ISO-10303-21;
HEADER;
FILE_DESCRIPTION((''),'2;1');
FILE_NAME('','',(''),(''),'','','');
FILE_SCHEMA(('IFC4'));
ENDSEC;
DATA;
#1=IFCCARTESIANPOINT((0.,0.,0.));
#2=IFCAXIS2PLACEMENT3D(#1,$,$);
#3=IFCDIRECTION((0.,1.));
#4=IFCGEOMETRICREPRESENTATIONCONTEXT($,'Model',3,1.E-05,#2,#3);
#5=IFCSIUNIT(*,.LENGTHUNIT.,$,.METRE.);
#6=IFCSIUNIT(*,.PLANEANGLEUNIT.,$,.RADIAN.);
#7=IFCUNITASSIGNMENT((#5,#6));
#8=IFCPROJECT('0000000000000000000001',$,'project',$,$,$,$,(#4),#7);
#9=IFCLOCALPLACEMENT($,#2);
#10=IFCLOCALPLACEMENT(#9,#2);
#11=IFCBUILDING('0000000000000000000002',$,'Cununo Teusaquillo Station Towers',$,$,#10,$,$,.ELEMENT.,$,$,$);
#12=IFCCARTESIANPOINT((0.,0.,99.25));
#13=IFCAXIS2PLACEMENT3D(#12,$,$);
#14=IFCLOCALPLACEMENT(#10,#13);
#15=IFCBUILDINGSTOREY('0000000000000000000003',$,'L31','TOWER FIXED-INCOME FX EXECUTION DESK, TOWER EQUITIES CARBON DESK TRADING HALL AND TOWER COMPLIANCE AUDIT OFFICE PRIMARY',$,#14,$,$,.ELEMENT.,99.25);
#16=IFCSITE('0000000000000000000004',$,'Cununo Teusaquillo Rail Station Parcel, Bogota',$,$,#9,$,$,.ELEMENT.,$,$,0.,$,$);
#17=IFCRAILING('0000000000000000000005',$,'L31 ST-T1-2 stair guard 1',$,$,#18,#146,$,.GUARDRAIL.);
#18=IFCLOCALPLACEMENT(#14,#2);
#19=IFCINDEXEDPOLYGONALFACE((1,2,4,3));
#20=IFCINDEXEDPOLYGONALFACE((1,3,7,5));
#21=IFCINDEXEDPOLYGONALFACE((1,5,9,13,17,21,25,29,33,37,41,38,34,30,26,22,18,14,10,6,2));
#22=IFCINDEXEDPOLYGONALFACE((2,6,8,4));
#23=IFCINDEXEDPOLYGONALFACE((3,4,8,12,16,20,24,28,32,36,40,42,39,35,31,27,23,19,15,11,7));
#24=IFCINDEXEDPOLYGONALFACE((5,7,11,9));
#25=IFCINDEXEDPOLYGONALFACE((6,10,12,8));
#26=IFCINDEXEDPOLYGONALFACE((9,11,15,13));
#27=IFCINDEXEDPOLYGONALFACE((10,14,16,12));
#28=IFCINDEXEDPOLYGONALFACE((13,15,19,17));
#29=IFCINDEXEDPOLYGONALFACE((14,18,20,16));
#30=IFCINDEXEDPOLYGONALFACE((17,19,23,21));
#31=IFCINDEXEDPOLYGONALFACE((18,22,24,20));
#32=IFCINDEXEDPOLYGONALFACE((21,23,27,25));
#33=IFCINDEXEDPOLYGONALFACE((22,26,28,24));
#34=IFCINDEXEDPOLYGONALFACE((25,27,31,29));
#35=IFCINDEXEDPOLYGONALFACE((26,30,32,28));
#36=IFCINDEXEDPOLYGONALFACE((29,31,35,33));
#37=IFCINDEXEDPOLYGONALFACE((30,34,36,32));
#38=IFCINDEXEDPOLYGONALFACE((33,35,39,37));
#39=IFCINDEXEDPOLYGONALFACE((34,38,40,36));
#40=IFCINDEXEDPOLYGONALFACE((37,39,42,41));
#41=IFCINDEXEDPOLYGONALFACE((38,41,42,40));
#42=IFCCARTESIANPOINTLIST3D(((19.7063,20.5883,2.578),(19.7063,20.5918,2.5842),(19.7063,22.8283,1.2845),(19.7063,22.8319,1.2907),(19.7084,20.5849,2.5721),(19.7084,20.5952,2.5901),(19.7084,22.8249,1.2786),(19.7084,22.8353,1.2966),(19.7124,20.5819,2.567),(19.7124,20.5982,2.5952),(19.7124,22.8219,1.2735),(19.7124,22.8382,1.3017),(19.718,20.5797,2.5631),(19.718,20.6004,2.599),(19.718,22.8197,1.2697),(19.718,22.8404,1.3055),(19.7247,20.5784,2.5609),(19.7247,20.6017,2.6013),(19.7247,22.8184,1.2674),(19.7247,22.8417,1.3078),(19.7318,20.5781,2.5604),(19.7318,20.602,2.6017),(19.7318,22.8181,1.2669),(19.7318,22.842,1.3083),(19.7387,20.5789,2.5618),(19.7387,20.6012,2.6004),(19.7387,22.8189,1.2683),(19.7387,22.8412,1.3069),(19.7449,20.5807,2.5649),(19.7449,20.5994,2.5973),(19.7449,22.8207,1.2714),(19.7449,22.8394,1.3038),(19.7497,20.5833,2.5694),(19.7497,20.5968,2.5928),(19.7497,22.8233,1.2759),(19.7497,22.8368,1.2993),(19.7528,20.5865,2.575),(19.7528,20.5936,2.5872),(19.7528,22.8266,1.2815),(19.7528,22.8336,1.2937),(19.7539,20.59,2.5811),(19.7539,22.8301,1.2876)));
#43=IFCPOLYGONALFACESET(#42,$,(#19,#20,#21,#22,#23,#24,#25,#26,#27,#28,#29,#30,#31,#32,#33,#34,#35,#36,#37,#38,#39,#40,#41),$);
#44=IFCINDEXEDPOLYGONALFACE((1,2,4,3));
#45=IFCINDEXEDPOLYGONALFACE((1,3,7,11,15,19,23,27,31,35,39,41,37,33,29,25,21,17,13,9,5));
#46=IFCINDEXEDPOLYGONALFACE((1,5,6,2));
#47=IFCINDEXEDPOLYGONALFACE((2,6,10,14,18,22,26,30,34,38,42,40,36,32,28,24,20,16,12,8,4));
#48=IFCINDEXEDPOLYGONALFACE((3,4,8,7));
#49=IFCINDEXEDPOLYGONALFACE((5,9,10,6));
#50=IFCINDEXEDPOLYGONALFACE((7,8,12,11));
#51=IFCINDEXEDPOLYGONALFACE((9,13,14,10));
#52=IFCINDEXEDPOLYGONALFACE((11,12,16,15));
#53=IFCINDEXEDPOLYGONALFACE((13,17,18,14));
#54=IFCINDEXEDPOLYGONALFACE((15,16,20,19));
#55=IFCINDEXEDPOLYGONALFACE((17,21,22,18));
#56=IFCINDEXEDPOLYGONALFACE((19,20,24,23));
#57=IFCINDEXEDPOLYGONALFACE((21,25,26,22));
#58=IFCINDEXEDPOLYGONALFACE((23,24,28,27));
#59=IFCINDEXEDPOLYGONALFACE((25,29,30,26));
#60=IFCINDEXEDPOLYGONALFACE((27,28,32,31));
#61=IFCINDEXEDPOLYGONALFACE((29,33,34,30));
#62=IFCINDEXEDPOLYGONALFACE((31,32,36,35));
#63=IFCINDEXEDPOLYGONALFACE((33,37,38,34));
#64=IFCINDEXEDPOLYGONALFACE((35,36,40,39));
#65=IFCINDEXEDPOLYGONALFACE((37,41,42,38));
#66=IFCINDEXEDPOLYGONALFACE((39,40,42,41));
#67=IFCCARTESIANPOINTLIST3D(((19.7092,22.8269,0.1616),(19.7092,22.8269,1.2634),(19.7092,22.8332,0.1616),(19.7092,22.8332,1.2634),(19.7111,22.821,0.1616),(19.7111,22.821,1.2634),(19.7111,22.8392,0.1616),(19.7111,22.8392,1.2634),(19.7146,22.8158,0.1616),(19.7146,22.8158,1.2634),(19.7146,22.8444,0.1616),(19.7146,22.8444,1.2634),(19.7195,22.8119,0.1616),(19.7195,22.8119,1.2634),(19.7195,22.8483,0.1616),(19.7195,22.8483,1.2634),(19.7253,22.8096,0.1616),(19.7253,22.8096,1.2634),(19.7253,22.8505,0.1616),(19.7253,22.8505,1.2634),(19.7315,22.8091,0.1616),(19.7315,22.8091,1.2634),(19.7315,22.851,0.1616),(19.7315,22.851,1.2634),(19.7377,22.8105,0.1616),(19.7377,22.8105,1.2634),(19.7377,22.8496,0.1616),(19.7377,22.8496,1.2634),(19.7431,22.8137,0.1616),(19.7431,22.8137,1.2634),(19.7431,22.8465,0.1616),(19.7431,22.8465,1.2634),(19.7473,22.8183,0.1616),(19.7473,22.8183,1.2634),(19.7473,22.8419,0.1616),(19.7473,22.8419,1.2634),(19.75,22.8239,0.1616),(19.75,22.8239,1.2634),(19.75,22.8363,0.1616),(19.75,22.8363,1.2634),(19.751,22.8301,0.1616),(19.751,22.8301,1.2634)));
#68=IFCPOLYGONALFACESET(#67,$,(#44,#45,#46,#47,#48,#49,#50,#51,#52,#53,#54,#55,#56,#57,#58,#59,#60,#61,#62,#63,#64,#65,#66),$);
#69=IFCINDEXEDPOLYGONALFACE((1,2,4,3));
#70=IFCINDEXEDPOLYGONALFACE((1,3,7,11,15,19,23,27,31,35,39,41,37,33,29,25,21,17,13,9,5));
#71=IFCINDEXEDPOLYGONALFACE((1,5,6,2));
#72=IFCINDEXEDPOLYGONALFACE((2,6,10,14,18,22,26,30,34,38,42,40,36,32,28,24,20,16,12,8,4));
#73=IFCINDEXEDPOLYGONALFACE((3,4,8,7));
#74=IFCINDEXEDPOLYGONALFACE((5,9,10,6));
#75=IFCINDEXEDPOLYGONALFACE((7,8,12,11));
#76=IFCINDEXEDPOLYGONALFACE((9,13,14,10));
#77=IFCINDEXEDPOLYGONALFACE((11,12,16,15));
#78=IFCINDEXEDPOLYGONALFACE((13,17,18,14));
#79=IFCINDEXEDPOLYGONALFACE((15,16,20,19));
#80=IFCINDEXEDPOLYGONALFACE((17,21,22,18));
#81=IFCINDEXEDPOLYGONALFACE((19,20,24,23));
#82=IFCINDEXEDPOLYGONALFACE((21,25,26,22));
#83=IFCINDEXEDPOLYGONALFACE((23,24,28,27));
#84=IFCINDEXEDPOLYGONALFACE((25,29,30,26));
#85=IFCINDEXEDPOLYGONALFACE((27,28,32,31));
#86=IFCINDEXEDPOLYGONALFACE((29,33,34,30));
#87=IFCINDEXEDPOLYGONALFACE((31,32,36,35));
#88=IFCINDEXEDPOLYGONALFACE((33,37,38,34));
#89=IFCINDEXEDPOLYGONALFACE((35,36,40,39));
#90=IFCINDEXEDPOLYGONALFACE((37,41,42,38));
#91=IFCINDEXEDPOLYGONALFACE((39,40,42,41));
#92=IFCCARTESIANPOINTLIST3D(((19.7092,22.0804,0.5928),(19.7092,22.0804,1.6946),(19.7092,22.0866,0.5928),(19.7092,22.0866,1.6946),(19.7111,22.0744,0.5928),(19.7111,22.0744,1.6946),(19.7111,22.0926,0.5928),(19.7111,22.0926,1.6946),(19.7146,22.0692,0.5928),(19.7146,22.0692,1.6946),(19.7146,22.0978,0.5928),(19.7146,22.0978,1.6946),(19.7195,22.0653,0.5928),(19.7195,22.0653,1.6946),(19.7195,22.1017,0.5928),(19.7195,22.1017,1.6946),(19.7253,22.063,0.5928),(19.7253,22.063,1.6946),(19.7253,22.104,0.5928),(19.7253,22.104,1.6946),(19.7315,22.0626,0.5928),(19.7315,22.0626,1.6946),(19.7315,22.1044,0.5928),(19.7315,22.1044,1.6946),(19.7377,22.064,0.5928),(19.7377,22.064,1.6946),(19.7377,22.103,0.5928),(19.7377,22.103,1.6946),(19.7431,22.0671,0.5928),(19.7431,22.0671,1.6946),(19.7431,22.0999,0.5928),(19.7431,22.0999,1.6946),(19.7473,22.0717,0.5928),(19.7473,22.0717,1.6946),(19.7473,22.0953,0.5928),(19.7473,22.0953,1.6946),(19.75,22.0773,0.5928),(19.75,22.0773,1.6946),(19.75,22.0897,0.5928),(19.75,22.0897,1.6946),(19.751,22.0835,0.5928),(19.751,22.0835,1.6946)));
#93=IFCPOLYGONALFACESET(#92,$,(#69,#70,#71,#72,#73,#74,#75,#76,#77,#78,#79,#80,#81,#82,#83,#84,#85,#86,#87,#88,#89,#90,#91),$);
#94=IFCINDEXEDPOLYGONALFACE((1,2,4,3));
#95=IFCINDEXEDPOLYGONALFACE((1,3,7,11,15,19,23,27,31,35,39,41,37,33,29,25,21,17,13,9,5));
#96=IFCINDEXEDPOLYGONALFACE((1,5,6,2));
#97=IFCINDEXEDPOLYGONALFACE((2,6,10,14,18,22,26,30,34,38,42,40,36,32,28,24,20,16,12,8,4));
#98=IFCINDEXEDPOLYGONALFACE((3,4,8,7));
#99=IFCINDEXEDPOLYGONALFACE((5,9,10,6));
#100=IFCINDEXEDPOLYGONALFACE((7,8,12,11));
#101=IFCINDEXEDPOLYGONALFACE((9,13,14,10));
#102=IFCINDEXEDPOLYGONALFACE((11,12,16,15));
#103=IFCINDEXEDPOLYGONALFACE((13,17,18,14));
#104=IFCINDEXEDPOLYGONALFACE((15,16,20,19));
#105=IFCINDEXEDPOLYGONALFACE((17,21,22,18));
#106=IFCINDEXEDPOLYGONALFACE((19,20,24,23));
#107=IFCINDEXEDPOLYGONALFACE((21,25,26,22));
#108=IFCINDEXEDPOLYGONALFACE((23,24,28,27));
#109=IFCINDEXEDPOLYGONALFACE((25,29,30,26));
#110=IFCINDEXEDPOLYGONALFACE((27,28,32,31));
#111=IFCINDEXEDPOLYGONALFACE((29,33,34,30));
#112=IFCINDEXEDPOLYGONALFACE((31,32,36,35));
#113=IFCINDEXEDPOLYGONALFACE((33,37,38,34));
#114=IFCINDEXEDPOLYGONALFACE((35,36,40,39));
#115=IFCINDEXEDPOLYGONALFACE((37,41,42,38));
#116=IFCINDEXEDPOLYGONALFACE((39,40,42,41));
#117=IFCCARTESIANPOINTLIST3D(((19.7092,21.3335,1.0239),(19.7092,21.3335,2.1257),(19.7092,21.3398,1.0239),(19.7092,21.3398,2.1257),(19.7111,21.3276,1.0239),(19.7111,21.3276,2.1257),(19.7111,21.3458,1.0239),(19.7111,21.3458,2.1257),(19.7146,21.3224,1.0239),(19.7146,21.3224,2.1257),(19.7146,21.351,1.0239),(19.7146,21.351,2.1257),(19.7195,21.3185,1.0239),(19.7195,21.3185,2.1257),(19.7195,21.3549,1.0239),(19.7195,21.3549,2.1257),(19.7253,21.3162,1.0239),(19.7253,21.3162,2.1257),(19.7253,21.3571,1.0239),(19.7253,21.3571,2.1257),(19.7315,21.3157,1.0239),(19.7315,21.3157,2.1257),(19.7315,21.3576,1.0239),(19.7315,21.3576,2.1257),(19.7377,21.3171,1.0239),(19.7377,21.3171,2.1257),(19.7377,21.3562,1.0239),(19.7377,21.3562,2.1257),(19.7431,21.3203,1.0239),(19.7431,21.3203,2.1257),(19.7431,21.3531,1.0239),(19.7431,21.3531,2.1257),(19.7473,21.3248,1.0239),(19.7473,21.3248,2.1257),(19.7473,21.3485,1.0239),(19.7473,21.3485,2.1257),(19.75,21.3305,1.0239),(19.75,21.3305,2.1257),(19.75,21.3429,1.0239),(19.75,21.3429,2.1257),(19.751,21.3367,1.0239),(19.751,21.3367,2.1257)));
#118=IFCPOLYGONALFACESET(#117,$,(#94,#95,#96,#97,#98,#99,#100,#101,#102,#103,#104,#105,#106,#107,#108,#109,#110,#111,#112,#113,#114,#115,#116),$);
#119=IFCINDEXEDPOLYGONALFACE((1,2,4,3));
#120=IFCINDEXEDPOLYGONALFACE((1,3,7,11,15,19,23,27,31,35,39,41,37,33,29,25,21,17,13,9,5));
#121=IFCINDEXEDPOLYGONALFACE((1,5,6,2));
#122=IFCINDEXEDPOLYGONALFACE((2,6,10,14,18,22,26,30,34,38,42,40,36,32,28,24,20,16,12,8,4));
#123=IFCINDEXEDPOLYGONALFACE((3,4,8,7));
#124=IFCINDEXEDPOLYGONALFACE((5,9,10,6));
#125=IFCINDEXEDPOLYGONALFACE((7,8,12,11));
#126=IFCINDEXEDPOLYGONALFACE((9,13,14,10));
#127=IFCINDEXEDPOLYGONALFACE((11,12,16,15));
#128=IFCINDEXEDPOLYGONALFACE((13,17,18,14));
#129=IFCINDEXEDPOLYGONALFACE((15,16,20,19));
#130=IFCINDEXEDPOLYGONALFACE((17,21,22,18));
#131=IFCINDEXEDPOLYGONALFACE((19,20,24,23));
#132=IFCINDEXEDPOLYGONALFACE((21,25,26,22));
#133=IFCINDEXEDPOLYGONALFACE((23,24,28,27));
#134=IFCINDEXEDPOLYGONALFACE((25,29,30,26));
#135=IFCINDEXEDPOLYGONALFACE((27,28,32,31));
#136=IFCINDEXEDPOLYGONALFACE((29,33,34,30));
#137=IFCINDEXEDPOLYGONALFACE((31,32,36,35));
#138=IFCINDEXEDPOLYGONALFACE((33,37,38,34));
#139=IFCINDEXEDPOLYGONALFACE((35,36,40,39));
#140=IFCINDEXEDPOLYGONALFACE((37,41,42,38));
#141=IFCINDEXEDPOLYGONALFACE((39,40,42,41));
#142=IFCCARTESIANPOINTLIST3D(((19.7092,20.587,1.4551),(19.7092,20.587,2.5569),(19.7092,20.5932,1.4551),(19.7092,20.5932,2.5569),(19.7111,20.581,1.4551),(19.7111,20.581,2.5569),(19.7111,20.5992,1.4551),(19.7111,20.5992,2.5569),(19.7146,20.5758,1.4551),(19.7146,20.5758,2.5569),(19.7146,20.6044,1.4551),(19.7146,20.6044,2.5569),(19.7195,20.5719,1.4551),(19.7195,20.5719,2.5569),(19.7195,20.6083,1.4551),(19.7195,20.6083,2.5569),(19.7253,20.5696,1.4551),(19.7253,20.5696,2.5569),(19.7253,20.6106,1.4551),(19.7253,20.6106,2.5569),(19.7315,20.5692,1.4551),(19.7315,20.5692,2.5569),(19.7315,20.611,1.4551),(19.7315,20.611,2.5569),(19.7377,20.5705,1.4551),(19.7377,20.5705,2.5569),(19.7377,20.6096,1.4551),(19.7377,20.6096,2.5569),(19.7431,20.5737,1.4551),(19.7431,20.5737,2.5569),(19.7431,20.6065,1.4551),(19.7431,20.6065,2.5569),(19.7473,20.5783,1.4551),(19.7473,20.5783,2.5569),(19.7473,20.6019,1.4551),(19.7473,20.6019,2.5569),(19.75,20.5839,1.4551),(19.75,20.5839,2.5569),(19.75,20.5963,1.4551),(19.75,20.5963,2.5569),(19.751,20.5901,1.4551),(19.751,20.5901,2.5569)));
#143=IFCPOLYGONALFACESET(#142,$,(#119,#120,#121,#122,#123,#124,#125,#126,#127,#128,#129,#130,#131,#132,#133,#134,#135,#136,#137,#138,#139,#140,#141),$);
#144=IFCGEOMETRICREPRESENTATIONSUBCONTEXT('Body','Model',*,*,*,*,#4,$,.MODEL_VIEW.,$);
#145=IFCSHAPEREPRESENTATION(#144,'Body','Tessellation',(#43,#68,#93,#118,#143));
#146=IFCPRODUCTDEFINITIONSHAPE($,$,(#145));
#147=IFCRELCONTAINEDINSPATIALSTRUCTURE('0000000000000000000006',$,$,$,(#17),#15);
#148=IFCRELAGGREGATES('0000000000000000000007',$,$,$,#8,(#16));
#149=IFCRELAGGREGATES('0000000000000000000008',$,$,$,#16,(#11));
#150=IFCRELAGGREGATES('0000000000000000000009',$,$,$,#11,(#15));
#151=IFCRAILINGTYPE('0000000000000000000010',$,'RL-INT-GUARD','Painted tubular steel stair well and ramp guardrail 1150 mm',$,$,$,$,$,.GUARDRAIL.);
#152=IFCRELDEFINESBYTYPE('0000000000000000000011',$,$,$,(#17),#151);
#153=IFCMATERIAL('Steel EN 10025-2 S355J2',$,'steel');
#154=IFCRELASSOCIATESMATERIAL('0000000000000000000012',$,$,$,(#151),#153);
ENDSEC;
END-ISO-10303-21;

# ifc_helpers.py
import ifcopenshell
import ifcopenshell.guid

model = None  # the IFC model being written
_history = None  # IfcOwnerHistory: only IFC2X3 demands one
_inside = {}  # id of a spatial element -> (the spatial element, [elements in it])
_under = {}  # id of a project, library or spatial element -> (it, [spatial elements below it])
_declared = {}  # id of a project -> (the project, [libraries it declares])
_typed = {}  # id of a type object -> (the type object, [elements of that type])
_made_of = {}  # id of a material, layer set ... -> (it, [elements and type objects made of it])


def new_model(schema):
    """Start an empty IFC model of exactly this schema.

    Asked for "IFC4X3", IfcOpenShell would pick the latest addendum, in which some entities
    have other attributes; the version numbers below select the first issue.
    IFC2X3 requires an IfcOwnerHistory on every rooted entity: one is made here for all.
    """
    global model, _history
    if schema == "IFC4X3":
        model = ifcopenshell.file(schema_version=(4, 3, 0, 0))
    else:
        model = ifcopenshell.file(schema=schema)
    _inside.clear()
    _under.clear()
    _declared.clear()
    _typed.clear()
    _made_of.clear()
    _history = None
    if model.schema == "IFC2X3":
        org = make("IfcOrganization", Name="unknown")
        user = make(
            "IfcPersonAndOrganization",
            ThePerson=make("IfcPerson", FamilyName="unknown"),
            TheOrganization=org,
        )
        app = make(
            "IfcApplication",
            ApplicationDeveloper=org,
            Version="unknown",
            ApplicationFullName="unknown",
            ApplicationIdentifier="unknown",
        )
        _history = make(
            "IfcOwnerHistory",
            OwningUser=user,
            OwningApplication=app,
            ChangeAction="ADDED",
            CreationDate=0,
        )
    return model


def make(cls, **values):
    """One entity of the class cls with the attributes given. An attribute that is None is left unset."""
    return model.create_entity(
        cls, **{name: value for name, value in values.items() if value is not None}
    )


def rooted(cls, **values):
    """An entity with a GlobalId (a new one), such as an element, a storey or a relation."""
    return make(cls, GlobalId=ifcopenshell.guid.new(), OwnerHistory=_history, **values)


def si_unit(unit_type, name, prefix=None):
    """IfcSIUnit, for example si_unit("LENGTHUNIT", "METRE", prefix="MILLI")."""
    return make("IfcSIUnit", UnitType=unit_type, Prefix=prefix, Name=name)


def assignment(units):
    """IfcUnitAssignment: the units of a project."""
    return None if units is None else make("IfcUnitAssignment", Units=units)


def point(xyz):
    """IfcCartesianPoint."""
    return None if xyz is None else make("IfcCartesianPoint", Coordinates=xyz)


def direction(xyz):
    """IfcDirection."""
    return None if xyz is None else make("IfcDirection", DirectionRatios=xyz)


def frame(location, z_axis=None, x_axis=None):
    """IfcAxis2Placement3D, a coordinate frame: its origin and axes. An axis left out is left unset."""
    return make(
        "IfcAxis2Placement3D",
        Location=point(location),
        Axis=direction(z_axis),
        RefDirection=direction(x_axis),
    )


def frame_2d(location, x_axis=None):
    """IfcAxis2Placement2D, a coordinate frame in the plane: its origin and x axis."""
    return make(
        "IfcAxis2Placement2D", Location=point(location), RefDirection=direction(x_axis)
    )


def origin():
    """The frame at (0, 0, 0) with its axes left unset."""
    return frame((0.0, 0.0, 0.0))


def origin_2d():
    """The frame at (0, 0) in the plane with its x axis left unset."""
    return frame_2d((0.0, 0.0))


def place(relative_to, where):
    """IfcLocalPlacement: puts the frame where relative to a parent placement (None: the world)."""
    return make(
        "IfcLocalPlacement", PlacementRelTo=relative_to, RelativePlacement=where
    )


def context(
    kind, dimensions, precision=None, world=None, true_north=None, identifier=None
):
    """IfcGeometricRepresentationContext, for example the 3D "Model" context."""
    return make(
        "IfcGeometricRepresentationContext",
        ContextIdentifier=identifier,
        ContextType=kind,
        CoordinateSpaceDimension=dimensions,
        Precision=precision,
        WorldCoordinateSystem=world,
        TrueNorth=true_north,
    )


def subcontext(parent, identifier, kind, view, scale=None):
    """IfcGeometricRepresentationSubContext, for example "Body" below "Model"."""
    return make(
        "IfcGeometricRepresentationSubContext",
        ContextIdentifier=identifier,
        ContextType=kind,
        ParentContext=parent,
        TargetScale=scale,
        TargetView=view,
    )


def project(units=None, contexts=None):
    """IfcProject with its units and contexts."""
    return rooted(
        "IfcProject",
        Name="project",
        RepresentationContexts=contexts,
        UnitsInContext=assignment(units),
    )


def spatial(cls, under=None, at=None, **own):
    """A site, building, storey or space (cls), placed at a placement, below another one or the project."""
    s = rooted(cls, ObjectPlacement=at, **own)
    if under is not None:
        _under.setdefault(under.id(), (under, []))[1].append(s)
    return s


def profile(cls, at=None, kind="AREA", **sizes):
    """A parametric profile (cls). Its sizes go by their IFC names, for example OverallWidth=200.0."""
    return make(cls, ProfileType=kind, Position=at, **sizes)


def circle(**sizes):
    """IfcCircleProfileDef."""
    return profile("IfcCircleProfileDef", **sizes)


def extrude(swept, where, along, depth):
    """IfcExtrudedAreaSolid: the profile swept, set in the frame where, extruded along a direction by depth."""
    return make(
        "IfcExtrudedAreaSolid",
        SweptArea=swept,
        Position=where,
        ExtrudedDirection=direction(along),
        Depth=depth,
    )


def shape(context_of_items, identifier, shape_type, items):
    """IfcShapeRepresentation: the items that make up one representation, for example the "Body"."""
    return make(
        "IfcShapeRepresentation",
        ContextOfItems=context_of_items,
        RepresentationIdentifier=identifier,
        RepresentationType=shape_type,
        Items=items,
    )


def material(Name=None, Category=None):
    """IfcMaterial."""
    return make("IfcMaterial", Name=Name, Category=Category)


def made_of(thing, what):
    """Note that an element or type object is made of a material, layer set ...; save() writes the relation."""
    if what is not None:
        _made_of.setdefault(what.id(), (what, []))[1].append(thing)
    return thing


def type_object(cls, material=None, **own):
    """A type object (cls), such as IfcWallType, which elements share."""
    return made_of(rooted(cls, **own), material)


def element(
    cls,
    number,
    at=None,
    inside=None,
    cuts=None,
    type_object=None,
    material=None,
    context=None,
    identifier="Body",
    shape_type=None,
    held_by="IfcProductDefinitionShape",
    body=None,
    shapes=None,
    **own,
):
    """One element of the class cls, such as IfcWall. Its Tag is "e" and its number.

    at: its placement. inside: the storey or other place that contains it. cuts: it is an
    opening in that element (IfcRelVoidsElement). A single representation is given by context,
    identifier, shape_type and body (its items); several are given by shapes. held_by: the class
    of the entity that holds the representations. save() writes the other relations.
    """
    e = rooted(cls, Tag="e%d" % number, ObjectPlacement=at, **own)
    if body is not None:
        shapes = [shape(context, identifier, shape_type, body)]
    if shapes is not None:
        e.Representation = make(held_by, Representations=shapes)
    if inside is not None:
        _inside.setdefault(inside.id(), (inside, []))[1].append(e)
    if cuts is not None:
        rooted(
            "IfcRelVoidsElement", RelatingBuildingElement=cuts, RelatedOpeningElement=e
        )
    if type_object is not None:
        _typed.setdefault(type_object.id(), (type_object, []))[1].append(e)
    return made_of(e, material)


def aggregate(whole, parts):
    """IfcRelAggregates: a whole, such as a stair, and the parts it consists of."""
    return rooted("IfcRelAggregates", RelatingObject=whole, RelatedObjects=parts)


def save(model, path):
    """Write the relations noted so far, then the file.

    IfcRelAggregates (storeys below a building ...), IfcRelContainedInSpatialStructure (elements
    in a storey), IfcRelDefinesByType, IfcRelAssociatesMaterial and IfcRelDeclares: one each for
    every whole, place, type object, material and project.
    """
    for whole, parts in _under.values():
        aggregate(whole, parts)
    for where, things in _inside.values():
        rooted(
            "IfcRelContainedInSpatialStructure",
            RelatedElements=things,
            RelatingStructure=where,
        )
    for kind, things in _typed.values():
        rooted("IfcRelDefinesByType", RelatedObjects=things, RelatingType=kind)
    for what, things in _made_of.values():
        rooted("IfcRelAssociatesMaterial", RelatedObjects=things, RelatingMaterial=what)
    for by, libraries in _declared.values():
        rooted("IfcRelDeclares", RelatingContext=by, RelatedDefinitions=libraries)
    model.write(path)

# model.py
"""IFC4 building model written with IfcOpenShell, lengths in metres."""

from ifc_helpers import new_model, si_unit, direction, frame, origin, origin_2d, place, context, subcontext, project, spatial, circle, extrude, material, type_object, element, save


model = new_model("IFC4")

# Units and contexts
model_context = context("Model", 3, precision=1e-05, world=origin(), true_north=direction((0.0, 1.0)))
body_context = subcontext(model_context, "Body", "Model", "MODEL_VIEW")
ifc_project = project(units=[si_unit("LENGTHUNIT", "METRE"), si_unit("PLANEANGLEUNIT", "RADIAN")], contexts=[model_context])

# Site, building, storey
site_placement = place(None, origin())
site = spatial("IfcSite", under=ifc_project, at=site_placement, Name="Cununo Teusaquillo Rail Station Parcel, Bogota", CompositionType="ELEMENT", RefElevation=0.0)
building_placement = place(site_placement, origin())
building = spatial("IfcBuilding", under=site, at=building_placement, Name="Cununo Teusaquillo Station Towers", CompositionType="ELEMENT")
storey_placement = place(building_placement, frame((0.0, 0.0, 99.25)))
storey = spatial("IfcBuildingStorey", under=building, at=storey_placement, Name="L31", Description="TOWER FIXED-INCOME FX EXECUTION DESK, TOWER EQUITIES CARBON DESK TRADING HALL AND TOWER COMPLIANCE AUDIT OFFICE PRIMARY", CompositionType="ELEMENT", Elevation=99.25)

# Railing
ifc_material_1 = material(Name="Steel EN 10025-2 S355J2", Category="steel")
railing_type_1 = type_object("IfcRailingType", Name="RL-INT-GUARD", Description="Painted tubular steel stair well and ramp guardrail 1150 mm", PredefinedType="GUARDRAIL", material=ifc_material_1)
railing_1_placement = place(storey_placement, frame((19.73, 22.8301, 0.1616)))
element("IfcRailing", 1, at=railing_1_placement, inside=storey, type_object=railing_type_1, Name="L31 ST-T1-2 stair guard 1", PredefinedType="GUARDRAIL", context=body_context, shape_type="SweptSolid", body=[
    extrude(circle(Radius=0.0239, at=origin_2d()), frame((0.0, 0.0, 1.126), z_axis=(0.0, -0.865992, 0.500057), x_axis=(1.0, 0.0, 0.0)), (0.0, 0.0, 1.0), 2.5867),
    extrude(circle(Radius=0.021, at=origin_2d()), origin(), (0.0, 0.0, 1.0), 1.1018),
    extrude(circle(Radius=0.021, at=origin_2d()), frame((0.0, -0.7466, 0.4312)), (0.0, 0.0, 1.0), 1.1018),
    extrude(circle(Radius=0.021, at=origin_2d()), frame((0.0, -1.4934, 0.8623)), (0.0, 0.0, 1.0), 1.1018),
    extrude(circle(Radius=0.021, at=origin_2d()), frame((0.0, -2.24, 1.2935)), (0.0, 0.0, 1.0), 1.1018),
])

save(model, "model.ifc")
